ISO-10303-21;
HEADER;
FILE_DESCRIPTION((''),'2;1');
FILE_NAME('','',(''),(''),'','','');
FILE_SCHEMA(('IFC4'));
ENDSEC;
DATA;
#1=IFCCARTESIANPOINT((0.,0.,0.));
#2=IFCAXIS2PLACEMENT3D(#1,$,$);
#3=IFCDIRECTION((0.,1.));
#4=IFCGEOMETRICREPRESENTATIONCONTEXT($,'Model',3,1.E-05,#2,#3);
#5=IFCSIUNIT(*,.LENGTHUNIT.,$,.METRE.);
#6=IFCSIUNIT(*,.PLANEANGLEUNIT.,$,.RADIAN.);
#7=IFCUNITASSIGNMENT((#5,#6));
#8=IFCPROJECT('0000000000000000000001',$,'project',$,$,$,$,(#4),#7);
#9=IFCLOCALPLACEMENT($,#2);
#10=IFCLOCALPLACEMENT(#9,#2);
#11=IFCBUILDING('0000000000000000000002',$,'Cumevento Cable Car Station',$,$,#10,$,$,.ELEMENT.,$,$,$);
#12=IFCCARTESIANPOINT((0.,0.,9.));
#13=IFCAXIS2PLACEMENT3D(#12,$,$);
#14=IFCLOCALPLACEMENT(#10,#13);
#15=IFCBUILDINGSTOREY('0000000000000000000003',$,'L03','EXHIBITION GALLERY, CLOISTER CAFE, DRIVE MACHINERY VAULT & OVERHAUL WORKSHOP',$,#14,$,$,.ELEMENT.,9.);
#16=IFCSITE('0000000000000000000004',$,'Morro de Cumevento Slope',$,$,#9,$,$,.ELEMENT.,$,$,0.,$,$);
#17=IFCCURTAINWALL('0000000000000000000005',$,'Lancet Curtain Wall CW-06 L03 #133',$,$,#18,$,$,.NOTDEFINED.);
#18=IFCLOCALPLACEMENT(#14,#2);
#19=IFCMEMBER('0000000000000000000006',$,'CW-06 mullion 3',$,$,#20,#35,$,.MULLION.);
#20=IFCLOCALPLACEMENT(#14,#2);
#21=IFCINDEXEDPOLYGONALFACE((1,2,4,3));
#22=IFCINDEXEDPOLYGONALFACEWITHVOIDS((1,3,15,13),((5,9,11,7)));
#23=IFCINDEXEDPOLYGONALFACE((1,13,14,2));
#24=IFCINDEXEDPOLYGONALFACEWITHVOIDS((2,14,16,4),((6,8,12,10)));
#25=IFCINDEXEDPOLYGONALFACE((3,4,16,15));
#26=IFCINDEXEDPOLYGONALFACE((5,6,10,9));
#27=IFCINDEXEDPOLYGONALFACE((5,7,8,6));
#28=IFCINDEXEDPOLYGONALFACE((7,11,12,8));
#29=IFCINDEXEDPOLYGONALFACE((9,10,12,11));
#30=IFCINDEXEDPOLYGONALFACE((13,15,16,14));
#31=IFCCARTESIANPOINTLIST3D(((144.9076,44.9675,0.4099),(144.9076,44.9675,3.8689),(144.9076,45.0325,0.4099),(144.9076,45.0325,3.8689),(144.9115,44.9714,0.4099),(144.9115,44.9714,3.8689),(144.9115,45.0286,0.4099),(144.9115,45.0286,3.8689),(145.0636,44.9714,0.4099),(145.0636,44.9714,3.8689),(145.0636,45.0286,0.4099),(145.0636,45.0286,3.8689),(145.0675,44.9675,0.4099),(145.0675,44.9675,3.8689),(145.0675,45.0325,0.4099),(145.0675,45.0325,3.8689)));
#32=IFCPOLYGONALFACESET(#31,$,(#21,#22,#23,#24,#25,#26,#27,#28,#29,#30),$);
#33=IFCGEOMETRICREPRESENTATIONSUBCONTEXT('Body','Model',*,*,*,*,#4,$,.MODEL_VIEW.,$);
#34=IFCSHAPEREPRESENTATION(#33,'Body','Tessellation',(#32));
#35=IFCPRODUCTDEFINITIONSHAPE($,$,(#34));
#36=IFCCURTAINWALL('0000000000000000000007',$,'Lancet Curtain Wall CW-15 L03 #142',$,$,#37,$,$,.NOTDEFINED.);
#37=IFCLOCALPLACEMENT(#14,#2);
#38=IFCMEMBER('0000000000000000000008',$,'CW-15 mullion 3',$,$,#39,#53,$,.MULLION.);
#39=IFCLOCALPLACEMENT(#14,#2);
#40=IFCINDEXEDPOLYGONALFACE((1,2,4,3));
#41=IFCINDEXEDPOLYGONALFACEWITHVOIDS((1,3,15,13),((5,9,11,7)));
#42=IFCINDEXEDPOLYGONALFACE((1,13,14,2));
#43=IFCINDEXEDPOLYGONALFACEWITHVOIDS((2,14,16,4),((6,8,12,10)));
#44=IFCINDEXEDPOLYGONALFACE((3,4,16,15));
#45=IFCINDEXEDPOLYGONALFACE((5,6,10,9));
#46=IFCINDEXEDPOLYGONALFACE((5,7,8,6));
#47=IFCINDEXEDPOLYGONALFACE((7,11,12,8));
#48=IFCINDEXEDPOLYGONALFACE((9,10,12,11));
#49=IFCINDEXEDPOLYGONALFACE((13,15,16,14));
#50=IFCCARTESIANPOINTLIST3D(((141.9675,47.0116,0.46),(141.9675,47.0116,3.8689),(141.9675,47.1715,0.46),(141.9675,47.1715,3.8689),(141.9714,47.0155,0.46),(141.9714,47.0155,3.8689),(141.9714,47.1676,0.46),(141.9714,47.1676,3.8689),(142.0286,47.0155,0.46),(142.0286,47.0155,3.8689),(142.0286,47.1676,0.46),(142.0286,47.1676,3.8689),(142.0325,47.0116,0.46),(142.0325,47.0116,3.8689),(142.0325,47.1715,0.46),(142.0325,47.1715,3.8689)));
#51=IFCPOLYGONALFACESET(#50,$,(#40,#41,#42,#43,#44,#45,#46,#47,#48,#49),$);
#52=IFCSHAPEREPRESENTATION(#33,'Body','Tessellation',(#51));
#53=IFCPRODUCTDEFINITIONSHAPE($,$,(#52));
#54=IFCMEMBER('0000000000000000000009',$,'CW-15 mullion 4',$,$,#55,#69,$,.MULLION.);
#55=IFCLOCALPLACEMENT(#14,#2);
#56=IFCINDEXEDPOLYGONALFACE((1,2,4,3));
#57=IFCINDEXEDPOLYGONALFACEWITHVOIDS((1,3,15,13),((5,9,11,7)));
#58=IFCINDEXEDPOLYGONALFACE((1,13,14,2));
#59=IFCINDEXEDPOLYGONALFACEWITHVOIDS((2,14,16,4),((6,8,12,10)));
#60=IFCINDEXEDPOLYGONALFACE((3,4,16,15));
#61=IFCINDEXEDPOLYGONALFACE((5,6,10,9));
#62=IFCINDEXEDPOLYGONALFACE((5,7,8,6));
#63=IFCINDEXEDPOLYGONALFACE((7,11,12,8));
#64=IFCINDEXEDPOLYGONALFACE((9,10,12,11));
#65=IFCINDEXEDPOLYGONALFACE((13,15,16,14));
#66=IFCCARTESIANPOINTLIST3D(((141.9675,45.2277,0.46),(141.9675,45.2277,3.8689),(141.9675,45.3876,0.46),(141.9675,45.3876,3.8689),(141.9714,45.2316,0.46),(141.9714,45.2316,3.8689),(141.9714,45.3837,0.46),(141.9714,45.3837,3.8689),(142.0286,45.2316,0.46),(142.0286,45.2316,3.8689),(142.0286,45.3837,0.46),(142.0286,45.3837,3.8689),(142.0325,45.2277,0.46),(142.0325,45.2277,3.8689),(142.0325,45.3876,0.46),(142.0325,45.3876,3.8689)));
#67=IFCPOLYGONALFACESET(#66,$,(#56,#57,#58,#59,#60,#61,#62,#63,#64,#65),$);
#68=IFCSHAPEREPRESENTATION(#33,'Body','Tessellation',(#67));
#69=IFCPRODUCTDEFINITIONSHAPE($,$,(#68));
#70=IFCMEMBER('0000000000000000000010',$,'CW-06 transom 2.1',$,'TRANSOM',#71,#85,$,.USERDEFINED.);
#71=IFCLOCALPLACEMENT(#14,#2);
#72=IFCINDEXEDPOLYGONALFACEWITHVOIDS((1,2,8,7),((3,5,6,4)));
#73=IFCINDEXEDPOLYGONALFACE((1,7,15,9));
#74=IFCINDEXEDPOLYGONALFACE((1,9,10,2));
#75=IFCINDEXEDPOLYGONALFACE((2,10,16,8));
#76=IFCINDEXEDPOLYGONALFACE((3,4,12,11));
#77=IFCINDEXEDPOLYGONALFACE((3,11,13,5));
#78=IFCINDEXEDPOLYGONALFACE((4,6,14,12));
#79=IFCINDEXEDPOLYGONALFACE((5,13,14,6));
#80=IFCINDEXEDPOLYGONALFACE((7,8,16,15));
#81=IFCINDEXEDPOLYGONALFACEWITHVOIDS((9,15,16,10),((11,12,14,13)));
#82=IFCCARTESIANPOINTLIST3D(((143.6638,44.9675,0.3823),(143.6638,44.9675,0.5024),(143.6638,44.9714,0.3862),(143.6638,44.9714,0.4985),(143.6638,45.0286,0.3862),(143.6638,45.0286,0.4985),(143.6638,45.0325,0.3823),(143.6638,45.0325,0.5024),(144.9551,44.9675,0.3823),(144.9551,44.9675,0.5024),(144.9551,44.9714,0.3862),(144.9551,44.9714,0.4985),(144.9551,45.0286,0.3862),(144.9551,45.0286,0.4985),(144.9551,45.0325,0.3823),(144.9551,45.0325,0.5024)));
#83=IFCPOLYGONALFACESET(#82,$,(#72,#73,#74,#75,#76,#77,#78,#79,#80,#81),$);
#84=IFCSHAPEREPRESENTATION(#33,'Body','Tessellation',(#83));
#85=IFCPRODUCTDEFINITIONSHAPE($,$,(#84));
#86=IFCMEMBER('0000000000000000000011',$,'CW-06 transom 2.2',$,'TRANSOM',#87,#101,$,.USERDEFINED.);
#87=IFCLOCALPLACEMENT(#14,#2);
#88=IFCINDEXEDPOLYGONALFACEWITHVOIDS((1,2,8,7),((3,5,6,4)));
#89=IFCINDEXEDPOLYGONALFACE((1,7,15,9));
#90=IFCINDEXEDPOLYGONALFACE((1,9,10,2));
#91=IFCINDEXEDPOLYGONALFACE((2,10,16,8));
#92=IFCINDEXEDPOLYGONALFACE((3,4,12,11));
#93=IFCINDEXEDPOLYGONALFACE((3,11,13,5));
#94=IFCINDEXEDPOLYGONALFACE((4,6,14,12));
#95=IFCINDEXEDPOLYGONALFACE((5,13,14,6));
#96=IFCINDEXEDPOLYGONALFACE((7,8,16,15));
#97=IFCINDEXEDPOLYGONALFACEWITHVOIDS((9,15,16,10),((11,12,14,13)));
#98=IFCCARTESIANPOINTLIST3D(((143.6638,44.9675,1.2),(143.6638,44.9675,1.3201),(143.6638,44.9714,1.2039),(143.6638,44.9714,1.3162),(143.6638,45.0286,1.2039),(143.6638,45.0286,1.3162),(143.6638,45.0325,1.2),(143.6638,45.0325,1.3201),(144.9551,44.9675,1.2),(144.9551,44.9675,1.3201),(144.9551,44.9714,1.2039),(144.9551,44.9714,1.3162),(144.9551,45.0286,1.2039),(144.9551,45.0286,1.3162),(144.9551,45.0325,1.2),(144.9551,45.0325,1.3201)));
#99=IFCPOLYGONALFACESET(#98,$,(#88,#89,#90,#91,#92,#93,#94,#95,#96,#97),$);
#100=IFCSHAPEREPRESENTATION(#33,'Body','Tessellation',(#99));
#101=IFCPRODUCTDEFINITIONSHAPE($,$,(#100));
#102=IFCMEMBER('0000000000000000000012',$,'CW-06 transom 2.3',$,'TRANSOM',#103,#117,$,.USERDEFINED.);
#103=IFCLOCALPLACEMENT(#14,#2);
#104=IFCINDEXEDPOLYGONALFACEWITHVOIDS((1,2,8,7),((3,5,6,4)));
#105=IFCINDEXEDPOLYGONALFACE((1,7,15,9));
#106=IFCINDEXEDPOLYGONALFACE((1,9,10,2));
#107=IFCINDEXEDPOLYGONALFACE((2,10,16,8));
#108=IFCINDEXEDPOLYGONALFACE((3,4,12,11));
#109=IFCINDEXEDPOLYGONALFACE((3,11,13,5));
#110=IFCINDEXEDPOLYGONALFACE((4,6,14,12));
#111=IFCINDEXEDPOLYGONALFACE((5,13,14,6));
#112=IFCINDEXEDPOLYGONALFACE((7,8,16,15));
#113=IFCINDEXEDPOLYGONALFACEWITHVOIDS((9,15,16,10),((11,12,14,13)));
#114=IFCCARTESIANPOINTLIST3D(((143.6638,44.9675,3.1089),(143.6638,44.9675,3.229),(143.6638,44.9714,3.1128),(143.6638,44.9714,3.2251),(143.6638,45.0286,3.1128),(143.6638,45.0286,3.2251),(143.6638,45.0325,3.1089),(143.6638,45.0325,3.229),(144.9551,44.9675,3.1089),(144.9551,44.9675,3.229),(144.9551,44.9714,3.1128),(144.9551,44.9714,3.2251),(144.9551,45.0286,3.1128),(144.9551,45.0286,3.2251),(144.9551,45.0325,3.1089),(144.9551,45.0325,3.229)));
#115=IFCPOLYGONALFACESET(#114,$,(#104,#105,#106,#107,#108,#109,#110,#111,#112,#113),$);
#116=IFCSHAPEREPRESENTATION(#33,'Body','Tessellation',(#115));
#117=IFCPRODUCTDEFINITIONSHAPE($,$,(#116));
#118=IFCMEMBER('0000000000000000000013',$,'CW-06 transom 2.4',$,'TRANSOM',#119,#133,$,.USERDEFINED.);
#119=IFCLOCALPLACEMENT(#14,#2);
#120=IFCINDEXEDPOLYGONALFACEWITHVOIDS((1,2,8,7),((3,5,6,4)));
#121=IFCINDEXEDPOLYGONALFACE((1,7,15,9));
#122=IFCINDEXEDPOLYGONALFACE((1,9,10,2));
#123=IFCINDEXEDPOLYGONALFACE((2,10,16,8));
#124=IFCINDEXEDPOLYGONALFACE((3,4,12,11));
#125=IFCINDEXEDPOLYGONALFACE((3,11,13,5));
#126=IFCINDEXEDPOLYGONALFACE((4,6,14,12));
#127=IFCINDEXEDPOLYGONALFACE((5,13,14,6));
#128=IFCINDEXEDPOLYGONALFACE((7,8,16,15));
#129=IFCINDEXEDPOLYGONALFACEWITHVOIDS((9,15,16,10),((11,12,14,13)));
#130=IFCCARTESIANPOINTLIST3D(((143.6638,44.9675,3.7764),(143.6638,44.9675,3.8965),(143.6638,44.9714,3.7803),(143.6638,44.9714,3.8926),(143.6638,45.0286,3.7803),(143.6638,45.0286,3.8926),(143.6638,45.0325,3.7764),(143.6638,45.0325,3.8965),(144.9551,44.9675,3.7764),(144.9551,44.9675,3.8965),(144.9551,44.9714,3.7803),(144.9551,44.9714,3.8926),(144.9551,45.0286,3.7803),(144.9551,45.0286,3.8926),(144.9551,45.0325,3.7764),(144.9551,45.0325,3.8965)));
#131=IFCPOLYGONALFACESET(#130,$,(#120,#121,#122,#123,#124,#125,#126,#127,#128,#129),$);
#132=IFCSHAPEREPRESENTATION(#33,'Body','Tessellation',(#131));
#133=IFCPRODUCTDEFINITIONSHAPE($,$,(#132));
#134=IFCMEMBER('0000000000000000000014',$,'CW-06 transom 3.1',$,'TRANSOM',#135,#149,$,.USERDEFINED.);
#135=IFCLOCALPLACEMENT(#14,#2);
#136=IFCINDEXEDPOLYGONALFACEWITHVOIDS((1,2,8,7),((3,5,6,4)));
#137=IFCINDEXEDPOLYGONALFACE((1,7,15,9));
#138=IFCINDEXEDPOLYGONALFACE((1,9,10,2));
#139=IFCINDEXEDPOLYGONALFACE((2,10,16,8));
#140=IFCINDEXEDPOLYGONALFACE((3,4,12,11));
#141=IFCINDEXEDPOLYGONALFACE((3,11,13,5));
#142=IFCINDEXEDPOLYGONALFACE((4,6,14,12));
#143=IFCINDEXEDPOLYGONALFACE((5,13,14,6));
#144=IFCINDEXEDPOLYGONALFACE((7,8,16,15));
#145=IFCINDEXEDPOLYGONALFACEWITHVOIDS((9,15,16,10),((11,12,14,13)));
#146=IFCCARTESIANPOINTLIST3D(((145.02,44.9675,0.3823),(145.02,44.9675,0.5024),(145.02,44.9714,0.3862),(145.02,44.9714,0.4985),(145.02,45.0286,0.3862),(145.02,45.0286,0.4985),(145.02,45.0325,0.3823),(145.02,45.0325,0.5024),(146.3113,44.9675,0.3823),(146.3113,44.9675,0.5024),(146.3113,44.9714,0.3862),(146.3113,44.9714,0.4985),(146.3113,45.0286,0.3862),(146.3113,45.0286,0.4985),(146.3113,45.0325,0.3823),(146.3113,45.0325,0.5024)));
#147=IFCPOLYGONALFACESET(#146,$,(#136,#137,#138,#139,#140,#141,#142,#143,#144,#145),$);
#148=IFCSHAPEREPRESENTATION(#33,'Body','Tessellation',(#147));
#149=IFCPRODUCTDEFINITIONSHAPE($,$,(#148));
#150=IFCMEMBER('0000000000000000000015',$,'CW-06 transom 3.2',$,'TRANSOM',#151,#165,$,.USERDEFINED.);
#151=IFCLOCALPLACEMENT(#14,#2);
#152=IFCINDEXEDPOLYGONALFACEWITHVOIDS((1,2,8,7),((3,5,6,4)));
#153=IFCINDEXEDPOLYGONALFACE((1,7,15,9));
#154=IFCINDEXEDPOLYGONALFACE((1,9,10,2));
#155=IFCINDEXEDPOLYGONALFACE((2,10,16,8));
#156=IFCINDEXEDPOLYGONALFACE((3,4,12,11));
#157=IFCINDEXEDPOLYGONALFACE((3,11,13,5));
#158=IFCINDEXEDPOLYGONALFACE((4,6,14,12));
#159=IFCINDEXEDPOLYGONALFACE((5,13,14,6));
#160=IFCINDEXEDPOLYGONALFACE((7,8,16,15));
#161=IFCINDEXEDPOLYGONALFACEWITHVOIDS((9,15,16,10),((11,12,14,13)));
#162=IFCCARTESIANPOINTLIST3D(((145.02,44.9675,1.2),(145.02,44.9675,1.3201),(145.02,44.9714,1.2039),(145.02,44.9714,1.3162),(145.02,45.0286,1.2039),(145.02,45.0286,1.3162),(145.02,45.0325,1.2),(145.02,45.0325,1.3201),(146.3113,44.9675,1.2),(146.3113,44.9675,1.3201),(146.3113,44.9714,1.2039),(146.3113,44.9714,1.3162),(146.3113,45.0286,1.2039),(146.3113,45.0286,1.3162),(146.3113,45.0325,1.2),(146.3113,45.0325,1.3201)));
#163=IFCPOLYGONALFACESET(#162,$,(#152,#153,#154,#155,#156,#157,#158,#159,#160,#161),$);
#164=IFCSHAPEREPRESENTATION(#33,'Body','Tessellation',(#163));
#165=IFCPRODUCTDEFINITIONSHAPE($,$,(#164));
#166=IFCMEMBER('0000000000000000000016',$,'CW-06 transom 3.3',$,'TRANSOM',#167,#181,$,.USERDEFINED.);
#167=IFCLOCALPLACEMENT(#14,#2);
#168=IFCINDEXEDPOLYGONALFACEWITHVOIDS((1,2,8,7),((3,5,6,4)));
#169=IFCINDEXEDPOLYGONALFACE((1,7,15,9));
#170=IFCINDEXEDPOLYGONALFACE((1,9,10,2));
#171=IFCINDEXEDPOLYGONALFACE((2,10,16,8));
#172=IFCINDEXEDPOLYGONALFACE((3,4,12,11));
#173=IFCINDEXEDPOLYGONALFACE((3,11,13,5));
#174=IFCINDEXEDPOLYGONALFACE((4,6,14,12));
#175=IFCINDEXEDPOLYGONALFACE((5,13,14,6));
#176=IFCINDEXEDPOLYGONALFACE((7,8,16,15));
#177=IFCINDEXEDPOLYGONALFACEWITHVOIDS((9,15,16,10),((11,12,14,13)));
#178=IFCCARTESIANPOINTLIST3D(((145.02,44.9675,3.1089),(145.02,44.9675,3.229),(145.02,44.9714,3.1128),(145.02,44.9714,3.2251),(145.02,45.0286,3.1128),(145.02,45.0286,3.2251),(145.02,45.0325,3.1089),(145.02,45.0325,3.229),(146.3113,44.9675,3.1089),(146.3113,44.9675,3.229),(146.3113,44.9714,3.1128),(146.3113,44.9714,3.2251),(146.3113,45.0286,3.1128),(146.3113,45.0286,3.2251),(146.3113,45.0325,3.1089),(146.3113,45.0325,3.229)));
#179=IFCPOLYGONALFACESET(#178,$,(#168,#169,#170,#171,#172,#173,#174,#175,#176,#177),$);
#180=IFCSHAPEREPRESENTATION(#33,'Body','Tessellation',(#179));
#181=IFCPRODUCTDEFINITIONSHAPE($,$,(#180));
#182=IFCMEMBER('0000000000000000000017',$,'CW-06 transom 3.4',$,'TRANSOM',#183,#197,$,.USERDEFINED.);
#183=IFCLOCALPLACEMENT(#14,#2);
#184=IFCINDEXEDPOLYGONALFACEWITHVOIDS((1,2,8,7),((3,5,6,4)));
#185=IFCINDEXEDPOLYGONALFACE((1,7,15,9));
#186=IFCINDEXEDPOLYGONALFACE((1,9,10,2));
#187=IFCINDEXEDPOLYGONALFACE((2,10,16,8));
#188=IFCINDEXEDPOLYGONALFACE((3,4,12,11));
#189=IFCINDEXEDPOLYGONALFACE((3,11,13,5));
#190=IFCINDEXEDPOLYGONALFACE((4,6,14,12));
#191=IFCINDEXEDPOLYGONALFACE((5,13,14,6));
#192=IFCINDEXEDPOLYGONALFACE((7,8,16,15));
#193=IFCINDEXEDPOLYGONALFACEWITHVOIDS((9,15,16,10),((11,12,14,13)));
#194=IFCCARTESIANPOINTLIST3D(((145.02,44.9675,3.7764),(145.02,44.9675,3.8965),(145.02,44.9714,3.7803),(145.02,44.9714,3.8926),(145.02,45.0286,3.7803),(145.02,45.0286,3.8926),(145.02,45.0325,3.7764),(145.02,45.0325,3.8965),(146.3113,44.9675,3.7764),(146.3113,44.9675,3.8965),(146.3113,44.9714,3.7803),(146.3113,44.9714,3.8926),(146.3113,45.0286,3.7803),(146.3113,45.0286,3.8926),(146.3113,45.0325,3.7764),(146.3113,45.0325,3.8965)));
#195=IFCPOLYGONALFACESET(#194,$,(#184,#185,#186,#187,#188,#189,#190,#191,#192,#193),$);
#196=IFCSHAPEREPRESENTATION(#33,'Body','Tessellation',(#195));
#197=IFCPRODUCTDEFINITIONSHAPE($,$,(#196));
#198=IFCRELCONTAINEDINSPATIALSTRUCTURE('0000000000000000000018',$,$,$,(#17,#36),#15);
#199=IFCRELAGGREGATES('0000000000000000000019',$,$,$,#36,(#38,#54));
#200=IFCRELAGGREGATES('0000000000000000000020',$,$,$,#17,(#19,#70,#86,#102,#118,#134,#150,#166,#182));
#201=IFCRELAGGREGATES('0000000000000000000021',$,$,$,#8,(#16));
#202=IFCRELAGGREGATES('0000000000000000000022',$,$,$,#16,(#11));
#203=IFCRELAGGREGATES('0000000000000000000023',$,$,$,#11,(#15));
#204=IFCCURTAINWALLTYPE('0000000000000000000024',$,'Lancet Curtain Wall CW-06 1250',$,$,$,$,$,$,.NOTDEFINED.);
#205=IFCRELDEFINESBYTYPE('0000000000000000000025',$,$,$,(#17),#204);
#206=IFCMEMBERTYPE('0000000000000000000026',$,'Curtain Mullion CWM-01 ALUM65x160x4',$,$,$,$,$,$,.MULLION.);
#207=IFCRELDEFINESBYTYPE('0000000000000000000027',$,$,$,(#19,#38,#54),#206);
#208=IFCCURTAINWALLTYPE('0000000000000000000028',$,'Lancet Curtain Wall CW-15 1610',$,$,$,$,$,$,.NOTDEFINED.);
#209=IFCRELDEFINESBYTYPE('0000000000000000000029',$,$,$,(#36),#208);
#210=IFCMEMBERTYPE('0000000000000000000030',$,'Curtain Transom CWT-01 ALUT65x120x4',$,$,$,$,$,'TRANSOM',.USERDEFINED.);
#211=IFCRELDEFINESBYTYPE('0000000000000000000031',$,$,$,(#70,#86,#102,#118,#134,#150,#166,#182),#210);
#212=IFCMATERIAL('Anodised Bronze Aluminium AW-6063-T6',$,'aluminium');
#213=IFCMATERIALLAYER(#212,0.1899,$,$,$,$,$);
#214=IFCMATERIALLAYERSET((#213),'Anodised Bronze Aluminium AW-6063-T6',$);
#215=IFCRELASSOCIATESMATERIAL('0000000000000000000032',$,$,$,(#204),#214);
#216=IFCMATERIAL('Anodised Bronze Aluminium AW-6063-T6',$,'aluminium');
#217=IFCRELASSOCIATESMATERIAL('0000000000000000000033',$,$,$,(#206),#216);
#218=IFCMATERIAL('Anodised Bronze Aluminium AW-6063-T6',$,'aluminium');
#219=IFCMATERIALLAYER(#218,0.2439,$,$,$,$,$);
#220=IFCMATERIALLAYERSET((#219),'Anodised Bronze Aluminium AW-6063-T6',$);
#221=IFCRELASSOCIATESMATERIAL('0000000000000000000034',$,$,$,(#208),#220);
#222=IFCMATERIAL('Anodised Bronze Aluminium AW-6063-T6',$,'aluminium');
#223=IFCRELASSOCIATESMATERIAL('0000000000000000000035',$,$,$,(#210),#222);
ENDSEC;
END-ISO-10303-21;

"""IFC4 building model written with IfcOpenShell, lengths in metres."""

from ifc_helpers import new_model, si_unit, direction, frame, origin, origin_2d, place, context, subcontext, project, spatial, hollow_rectangle, extrude, material, layer, layer_set, material_profile, profile_set, type_object, element, aggregate, save


model = new_model("IFC4")

# Units and contexts
model_context = context("Model", 3, precision=1e-05, world=origin(), true_north=direction((0.0, 1.0)))
body_context = subcontext(model_context, "Body", "Model", "MODEL_VIEW")
ifc_project = project(units=[si_unit("LENGTHUNIT", "METRE"), si_unit("PLANEANGLEUNIT", "RADIAN")], contexts=[model_context])

# Site, building, storey
site_placement = place(None, origin())
site = spatial("IfcSite", under=ifc_project, at=site_placement, Name="Morro de Cumevento Slope", CompositionType="ELEMENT", RefElevation=0.0)
building_placement = place(site_placement, origin())
building = spatial("IfcBuilding", under=site, at=building_placement, Name="Cumevento Cable Car Station", CompositionType="ELEMENT")
storey_placement = place(building_placement, frame((0.0, 0.0, 9.0)))
storey = spatial("IfcBuildingStorey", under=building, at=storey_placement, Name="L03", Description="EXHIBITION GALLERY, CLOISTER CAFE, DRIVE MACHINERY VAULT & OVERHAUL WORKSHOP", CompositionType="ELEMENT", Elevation=9.0)

# Curtain wall, member
ifc_material_1 = material(Name="Anodised Bronze Aluminium AW-6063-T6", Category="aluminium")
ifc_layer_1 = layer(ifc_material_1, 0.1899)
ifc_layer_set_1 = layer_set([ifc_layer_1], Name="Anodised Bronze Aluminium AW-6063-T6")
curtain_wall_type_1 = type_object("IfcCurtainWallType", Name="Lancet Curtain Wall CW-06 1250", PredefinedType="NOTDEFINED", material=ifc_layer_set_1)
curtain_wall_1_placement = place(storey_placement, origin())
curtain_wall_1 = element("IfcCurtainWall", 1, at=curtain_wall_1_placement, inside=storey, type_object=curtain_wall_type_1, Name="Lancet Curtain Wall CW-06 L03 #133", PredefinedType="NOTDEFINED")
ifc_material_2 = material(Name="Anodised Bronze Aluminium AW-6063-T6", Category="aluminium")
ifc_material_profile_1 = material_profile(ifc_material_2, hollow_rectangle(XDim=0.0649, YDim=0.1599, WallThickness=0.0039, at=origin_2d()), Name="ALUM65x160x4")
ifc_profile_set_1 = profile_set([ifc_material_profile_1], Name="Anodised Bronze Aluminium AW-6063-T6")
member_type_1 = type_object("IfcMemberType", Name="Curtain Mullion CWM-01 ALUM65x160x4", PredefinedType="MULLION", material=ifc_profile_set_1)
member_1_placement = place(storey_placement, frame((144.9875, 45.0, 0.4099), z_axis=(0.0, 0.0, 1.0), x_axis=(0.0, 1.0, 0.0)))
member_1 = element("IfcMember", 2, at=member_1_placement, type_object=member_type_1, Name="CW-06 mullion 3", PredefinedType="MULLION", context=body_context, shape_type="SweptSolid", body=[
    extrude(hollow_rectangle(XDim=0.0649, YDim=0.1599, WallThickness=0.0039, at=origin_2d()), origin(), (0.0, 0.0, 1.0), 3.459),
])

# Curtain wall, members
ifc_material_3 = material(Name="Anodised Bronze Aluminium AW-6063-T6", Category="aluminium")
ifc_layer_2 = layer(ifc_material_3, 0.2439)
ifc_layer_set_2 = layer_set([ifc_layer_2], Name="Anodised Bronze Aluminium AW-6063-T6")
curtain_wall_type_2 = type_object("IfcCurtainWallType", Name="Lancet Curtain Wall CW-15 1610", PredefinedType="NOTDEFINED", material=ifc_layer_set_2)
curtain_wall_2_placement = place(storey_placement, origin())
curtain_wall_2 = element("IfcCurtainWall", 3, at=curtain_wall_2_placement, inside=storey, type_object=curtain_wall_type_2, Name="Lancet Curtain Wall CW-15 L03 #142", PredefinedType="NOTDEFINED")
member_2_placement = place(storey_placement, frame((142.0, 47.0916, 0.46), z_axis=(0.0, 0.0, 1.0), x_axis=(1.0, 0.0, 0.0)))
member_2 = element("IfcMember", 4, at=member_2_placement, type_object=member_type_1, Name="CW-15 mullion 3", PredefinedType="MULLION", context=body_context, shape_type="SweptSolid", body=[
    extrude(hollow_rectangle(XDim=0.0649, YDim=0.1599, WallThickness=0.0039, at=origin_2d()), origin(), (0.0, 0.0, 1.0), 3.4089),
])
member_3_placement = place(storey_placement, frame((142.0, 45.3076, 0.46), z_axis=(0.0, 0.0, 1.0), x_axis=(1.0, 0.0, 0.0)))
member_3 = element("IfcMember", 5, at=member_3_placement, type_object=member_type_1, Name="CW-15 mullion 4", PredefinedType="MULLION", context=body_context, shape_type="SweptSolid", body=[
    extrude(hollow_rectangle(XDim=0.0649, YDim=0.1599, WallThickness=0.0039, at=origin_2d()), origin(), (0.0, 0.0, 1.0), 3.4089),
])

# Members
ifc_material_4 = material(Name="Anodised Bronze Aluminium AW-6063-T6", Category="aluminium")
ifc_material_profile_2 = material_profile(ifc_material_4, hollow_rectangle(XDim=0.0649, YDim=0.1201, WallThickness=0.0039, at=origin_2d()), Name="ALUT65x120x4")
ifc_profile_set_2 = profile_set([ifc_material_profile_2], Name="Anodised Bronze Aluminium AW-6063-T6")
member_type_2 = type_object("IfcMemberType", Name="Curtain Transom CWT-01 ALUT65x120x4", ElementType="TRANSOM", PredefinedType="USERDEFINED", material=ifc_profile_set_2)
member_4_placement = place(storey_placement, frame((143.6638, 45.0, 0.4424), z_axis=(1.0, 0.0, 0.0), x_axis=(0.0, 1.0, 0.0)))
member_4 = element("IfcMember", 6, at=member_4_placement, type_object=member_type_2, Name="CW-06 transom 2.1", ObjectType="TRANSOM", PredefinedType="USERDEFINED", context=body_context, shape_type="SweptSolid", body=[
    extrude(hollow_rectangle(XDim=0.0649, YDim=0.1201, WallThickness=0.0039, at=origin_2d()), origin(), (0.0, 0.0, 1.0), 1.2913),
])
member_5_placement = place(storey_placement, frame((143.6638, 45.0, 1.26), z_axis=(1.0, 0.0, 0.0), x_axis=(0.0, 1.0, 0.0)))
member_5 = element("IfcMember", 7, at=member_5_placement, type_object=member_type_2, Name="CW-06 transom 2.2", ObjectType="TRANSOM", PredefinedType="USERDEFINED", context=body_context, shape_type="SweptSolid", body=[
    extrude(hollow_rectangle(XDim=0.0649, YDim=0.1201, WallThickness=0.0039, at=origin_2d()), origin(), (0.0, 0.0, 1.0), 1.2913),
])
member_6_placement = place(storey_placement, frame((143.6638, 45.0, 3.1689), z_axis=(1.0, 0.0, 0.0), x_axis=(0.0, 1.0, 0.0)))
member_6 = element("IfcMember", 8, at=member_6_placement, type_object=member_type_2, Name="CW-06 transom 2.3", ObjectType="TRANSOM", PredefinedType="USERDEFINED", context=body_context, shape_type="SweptSolid", body=[
    extrude(hollow_rectangle(XDim=0.0649, YDim=0.1201, WallThickness=0.0039, at=origin_2d()), origin(), (0.0, 0.0, 1.0), 1.2913),
])
member_7_placement = place(storey_placement, frame((143.6638, 45.0, 3.8364), z_axis=(1.0, 0.0, 0.0), x_axis=(0.0, 1.0, 0.0)))
member_7 = element("IfcMember", 9, at=member_7_placement, type_object=member_type_2, Name="CW-06 transom 2.4", ObjectType="TRANSOM", PredefinedType="USERDEFINED", context=body_context, shape_type="SweptSolid", body=[
    extrude(hollow_rectangle(XDim=0.0649, YDim=0.1201, WallThickness=0.0039, at=origin_2d()), origin(), (0.0, 0.0, 1.0), 1.2913),
])
member_8_placement = place(storey_placement, frame((145.02, 45.0, 0.4424), z_axis=(1.0, 0.0, 0.0), x_axis=(0.0, 1.0, 0.0)))
member_8 = element("IfcMember", 10, at=member_8_placement, type_object=member_type_2, Name="CW-06 transom 3.1", ObjectType="TRANSOM", PredefinedType="USERDEFINED", context=body_context, shape_type="SweptSolid", body=[
    extrude(hollow_rectangle(XDim=0.0649, YDim=0.1201, WallThickness=0.0039, at=origin_2d()), origin(), (0.0, 0.0, 1.0), 1.2913),
])
member_9_placement = place(storey_placement, frame((145.02, 45.0, 1.26), z_axis=(1.0, 0.0, 0.0), x_axis=(0.0, 1.0, 0.0)))
member_9 = element("IfcMember", 11, at=member_9_placement, type_object=member_type_2, Name="CW-06 transom 3.2", ObjectType="TRANSOM", PredefinedType="USERDEFINED", context=body_context, shape_type="SweptSolid", body=[
    extrude(hollow_rectangle(XDim=0.0649, YDim=0.1201, WallThickness=0.0039, at=origin_2d()), origin(), (0.0, 0.0, 1.0), 1.2913),
])
member_10_placement = place(storey_placement, frame((145.02, 45.0, 3.1689), z_axis=(1.0, 0.0, 0.0), x_axis=(0.0, 1.0, 0.0)))
member_10 = element("IfcMember", 12, at=member_10_placement, type_object=member_type_2, Name="CW-06 transom 3.3", ObjectType="TRANSOM", PredefinedType="USERDEFINED", context=body_context, shape_type="SweptSolid", body=[
    extrude(hollow_rectangle(XDim=0.0649, YDim=0.1201, WallThickness=0.0039, at=origin_2d()), origin(), (0.0, 0.0, 1.0), 1.2913),
])
member_11_placement = place(storey_placement, frame((145.02, 45.0, 3.8364), z_axis=(1.0, 0.0, 0.0), x_axis=(0.0, 1.0, 0.0)))
member_11 = element("IfcMember", 13, at=member_11_placement, type_object=member_type_2, Name="CW-06 transom 3.4", ObjectType="TRANSOM", PredefinedType="USERDEFINED", context=body_context, shape_type="SweptSolid", body=[
    extrude(hollow_rectangle(XDim=0.0649, YDim=0.1201, WallThickness=0.0039, at=origin_2d()), origin(), (0.0, 0.0, 1.0), 1.2913),
])

aggregate(curtain_wall_2, [member_2, member_3])
aggregate(curtain_wall_1, [member_1, member_4, member_5, member_6, member_7, member_8, member_9, member_10, member_11])

save(model, "model.ifc")
